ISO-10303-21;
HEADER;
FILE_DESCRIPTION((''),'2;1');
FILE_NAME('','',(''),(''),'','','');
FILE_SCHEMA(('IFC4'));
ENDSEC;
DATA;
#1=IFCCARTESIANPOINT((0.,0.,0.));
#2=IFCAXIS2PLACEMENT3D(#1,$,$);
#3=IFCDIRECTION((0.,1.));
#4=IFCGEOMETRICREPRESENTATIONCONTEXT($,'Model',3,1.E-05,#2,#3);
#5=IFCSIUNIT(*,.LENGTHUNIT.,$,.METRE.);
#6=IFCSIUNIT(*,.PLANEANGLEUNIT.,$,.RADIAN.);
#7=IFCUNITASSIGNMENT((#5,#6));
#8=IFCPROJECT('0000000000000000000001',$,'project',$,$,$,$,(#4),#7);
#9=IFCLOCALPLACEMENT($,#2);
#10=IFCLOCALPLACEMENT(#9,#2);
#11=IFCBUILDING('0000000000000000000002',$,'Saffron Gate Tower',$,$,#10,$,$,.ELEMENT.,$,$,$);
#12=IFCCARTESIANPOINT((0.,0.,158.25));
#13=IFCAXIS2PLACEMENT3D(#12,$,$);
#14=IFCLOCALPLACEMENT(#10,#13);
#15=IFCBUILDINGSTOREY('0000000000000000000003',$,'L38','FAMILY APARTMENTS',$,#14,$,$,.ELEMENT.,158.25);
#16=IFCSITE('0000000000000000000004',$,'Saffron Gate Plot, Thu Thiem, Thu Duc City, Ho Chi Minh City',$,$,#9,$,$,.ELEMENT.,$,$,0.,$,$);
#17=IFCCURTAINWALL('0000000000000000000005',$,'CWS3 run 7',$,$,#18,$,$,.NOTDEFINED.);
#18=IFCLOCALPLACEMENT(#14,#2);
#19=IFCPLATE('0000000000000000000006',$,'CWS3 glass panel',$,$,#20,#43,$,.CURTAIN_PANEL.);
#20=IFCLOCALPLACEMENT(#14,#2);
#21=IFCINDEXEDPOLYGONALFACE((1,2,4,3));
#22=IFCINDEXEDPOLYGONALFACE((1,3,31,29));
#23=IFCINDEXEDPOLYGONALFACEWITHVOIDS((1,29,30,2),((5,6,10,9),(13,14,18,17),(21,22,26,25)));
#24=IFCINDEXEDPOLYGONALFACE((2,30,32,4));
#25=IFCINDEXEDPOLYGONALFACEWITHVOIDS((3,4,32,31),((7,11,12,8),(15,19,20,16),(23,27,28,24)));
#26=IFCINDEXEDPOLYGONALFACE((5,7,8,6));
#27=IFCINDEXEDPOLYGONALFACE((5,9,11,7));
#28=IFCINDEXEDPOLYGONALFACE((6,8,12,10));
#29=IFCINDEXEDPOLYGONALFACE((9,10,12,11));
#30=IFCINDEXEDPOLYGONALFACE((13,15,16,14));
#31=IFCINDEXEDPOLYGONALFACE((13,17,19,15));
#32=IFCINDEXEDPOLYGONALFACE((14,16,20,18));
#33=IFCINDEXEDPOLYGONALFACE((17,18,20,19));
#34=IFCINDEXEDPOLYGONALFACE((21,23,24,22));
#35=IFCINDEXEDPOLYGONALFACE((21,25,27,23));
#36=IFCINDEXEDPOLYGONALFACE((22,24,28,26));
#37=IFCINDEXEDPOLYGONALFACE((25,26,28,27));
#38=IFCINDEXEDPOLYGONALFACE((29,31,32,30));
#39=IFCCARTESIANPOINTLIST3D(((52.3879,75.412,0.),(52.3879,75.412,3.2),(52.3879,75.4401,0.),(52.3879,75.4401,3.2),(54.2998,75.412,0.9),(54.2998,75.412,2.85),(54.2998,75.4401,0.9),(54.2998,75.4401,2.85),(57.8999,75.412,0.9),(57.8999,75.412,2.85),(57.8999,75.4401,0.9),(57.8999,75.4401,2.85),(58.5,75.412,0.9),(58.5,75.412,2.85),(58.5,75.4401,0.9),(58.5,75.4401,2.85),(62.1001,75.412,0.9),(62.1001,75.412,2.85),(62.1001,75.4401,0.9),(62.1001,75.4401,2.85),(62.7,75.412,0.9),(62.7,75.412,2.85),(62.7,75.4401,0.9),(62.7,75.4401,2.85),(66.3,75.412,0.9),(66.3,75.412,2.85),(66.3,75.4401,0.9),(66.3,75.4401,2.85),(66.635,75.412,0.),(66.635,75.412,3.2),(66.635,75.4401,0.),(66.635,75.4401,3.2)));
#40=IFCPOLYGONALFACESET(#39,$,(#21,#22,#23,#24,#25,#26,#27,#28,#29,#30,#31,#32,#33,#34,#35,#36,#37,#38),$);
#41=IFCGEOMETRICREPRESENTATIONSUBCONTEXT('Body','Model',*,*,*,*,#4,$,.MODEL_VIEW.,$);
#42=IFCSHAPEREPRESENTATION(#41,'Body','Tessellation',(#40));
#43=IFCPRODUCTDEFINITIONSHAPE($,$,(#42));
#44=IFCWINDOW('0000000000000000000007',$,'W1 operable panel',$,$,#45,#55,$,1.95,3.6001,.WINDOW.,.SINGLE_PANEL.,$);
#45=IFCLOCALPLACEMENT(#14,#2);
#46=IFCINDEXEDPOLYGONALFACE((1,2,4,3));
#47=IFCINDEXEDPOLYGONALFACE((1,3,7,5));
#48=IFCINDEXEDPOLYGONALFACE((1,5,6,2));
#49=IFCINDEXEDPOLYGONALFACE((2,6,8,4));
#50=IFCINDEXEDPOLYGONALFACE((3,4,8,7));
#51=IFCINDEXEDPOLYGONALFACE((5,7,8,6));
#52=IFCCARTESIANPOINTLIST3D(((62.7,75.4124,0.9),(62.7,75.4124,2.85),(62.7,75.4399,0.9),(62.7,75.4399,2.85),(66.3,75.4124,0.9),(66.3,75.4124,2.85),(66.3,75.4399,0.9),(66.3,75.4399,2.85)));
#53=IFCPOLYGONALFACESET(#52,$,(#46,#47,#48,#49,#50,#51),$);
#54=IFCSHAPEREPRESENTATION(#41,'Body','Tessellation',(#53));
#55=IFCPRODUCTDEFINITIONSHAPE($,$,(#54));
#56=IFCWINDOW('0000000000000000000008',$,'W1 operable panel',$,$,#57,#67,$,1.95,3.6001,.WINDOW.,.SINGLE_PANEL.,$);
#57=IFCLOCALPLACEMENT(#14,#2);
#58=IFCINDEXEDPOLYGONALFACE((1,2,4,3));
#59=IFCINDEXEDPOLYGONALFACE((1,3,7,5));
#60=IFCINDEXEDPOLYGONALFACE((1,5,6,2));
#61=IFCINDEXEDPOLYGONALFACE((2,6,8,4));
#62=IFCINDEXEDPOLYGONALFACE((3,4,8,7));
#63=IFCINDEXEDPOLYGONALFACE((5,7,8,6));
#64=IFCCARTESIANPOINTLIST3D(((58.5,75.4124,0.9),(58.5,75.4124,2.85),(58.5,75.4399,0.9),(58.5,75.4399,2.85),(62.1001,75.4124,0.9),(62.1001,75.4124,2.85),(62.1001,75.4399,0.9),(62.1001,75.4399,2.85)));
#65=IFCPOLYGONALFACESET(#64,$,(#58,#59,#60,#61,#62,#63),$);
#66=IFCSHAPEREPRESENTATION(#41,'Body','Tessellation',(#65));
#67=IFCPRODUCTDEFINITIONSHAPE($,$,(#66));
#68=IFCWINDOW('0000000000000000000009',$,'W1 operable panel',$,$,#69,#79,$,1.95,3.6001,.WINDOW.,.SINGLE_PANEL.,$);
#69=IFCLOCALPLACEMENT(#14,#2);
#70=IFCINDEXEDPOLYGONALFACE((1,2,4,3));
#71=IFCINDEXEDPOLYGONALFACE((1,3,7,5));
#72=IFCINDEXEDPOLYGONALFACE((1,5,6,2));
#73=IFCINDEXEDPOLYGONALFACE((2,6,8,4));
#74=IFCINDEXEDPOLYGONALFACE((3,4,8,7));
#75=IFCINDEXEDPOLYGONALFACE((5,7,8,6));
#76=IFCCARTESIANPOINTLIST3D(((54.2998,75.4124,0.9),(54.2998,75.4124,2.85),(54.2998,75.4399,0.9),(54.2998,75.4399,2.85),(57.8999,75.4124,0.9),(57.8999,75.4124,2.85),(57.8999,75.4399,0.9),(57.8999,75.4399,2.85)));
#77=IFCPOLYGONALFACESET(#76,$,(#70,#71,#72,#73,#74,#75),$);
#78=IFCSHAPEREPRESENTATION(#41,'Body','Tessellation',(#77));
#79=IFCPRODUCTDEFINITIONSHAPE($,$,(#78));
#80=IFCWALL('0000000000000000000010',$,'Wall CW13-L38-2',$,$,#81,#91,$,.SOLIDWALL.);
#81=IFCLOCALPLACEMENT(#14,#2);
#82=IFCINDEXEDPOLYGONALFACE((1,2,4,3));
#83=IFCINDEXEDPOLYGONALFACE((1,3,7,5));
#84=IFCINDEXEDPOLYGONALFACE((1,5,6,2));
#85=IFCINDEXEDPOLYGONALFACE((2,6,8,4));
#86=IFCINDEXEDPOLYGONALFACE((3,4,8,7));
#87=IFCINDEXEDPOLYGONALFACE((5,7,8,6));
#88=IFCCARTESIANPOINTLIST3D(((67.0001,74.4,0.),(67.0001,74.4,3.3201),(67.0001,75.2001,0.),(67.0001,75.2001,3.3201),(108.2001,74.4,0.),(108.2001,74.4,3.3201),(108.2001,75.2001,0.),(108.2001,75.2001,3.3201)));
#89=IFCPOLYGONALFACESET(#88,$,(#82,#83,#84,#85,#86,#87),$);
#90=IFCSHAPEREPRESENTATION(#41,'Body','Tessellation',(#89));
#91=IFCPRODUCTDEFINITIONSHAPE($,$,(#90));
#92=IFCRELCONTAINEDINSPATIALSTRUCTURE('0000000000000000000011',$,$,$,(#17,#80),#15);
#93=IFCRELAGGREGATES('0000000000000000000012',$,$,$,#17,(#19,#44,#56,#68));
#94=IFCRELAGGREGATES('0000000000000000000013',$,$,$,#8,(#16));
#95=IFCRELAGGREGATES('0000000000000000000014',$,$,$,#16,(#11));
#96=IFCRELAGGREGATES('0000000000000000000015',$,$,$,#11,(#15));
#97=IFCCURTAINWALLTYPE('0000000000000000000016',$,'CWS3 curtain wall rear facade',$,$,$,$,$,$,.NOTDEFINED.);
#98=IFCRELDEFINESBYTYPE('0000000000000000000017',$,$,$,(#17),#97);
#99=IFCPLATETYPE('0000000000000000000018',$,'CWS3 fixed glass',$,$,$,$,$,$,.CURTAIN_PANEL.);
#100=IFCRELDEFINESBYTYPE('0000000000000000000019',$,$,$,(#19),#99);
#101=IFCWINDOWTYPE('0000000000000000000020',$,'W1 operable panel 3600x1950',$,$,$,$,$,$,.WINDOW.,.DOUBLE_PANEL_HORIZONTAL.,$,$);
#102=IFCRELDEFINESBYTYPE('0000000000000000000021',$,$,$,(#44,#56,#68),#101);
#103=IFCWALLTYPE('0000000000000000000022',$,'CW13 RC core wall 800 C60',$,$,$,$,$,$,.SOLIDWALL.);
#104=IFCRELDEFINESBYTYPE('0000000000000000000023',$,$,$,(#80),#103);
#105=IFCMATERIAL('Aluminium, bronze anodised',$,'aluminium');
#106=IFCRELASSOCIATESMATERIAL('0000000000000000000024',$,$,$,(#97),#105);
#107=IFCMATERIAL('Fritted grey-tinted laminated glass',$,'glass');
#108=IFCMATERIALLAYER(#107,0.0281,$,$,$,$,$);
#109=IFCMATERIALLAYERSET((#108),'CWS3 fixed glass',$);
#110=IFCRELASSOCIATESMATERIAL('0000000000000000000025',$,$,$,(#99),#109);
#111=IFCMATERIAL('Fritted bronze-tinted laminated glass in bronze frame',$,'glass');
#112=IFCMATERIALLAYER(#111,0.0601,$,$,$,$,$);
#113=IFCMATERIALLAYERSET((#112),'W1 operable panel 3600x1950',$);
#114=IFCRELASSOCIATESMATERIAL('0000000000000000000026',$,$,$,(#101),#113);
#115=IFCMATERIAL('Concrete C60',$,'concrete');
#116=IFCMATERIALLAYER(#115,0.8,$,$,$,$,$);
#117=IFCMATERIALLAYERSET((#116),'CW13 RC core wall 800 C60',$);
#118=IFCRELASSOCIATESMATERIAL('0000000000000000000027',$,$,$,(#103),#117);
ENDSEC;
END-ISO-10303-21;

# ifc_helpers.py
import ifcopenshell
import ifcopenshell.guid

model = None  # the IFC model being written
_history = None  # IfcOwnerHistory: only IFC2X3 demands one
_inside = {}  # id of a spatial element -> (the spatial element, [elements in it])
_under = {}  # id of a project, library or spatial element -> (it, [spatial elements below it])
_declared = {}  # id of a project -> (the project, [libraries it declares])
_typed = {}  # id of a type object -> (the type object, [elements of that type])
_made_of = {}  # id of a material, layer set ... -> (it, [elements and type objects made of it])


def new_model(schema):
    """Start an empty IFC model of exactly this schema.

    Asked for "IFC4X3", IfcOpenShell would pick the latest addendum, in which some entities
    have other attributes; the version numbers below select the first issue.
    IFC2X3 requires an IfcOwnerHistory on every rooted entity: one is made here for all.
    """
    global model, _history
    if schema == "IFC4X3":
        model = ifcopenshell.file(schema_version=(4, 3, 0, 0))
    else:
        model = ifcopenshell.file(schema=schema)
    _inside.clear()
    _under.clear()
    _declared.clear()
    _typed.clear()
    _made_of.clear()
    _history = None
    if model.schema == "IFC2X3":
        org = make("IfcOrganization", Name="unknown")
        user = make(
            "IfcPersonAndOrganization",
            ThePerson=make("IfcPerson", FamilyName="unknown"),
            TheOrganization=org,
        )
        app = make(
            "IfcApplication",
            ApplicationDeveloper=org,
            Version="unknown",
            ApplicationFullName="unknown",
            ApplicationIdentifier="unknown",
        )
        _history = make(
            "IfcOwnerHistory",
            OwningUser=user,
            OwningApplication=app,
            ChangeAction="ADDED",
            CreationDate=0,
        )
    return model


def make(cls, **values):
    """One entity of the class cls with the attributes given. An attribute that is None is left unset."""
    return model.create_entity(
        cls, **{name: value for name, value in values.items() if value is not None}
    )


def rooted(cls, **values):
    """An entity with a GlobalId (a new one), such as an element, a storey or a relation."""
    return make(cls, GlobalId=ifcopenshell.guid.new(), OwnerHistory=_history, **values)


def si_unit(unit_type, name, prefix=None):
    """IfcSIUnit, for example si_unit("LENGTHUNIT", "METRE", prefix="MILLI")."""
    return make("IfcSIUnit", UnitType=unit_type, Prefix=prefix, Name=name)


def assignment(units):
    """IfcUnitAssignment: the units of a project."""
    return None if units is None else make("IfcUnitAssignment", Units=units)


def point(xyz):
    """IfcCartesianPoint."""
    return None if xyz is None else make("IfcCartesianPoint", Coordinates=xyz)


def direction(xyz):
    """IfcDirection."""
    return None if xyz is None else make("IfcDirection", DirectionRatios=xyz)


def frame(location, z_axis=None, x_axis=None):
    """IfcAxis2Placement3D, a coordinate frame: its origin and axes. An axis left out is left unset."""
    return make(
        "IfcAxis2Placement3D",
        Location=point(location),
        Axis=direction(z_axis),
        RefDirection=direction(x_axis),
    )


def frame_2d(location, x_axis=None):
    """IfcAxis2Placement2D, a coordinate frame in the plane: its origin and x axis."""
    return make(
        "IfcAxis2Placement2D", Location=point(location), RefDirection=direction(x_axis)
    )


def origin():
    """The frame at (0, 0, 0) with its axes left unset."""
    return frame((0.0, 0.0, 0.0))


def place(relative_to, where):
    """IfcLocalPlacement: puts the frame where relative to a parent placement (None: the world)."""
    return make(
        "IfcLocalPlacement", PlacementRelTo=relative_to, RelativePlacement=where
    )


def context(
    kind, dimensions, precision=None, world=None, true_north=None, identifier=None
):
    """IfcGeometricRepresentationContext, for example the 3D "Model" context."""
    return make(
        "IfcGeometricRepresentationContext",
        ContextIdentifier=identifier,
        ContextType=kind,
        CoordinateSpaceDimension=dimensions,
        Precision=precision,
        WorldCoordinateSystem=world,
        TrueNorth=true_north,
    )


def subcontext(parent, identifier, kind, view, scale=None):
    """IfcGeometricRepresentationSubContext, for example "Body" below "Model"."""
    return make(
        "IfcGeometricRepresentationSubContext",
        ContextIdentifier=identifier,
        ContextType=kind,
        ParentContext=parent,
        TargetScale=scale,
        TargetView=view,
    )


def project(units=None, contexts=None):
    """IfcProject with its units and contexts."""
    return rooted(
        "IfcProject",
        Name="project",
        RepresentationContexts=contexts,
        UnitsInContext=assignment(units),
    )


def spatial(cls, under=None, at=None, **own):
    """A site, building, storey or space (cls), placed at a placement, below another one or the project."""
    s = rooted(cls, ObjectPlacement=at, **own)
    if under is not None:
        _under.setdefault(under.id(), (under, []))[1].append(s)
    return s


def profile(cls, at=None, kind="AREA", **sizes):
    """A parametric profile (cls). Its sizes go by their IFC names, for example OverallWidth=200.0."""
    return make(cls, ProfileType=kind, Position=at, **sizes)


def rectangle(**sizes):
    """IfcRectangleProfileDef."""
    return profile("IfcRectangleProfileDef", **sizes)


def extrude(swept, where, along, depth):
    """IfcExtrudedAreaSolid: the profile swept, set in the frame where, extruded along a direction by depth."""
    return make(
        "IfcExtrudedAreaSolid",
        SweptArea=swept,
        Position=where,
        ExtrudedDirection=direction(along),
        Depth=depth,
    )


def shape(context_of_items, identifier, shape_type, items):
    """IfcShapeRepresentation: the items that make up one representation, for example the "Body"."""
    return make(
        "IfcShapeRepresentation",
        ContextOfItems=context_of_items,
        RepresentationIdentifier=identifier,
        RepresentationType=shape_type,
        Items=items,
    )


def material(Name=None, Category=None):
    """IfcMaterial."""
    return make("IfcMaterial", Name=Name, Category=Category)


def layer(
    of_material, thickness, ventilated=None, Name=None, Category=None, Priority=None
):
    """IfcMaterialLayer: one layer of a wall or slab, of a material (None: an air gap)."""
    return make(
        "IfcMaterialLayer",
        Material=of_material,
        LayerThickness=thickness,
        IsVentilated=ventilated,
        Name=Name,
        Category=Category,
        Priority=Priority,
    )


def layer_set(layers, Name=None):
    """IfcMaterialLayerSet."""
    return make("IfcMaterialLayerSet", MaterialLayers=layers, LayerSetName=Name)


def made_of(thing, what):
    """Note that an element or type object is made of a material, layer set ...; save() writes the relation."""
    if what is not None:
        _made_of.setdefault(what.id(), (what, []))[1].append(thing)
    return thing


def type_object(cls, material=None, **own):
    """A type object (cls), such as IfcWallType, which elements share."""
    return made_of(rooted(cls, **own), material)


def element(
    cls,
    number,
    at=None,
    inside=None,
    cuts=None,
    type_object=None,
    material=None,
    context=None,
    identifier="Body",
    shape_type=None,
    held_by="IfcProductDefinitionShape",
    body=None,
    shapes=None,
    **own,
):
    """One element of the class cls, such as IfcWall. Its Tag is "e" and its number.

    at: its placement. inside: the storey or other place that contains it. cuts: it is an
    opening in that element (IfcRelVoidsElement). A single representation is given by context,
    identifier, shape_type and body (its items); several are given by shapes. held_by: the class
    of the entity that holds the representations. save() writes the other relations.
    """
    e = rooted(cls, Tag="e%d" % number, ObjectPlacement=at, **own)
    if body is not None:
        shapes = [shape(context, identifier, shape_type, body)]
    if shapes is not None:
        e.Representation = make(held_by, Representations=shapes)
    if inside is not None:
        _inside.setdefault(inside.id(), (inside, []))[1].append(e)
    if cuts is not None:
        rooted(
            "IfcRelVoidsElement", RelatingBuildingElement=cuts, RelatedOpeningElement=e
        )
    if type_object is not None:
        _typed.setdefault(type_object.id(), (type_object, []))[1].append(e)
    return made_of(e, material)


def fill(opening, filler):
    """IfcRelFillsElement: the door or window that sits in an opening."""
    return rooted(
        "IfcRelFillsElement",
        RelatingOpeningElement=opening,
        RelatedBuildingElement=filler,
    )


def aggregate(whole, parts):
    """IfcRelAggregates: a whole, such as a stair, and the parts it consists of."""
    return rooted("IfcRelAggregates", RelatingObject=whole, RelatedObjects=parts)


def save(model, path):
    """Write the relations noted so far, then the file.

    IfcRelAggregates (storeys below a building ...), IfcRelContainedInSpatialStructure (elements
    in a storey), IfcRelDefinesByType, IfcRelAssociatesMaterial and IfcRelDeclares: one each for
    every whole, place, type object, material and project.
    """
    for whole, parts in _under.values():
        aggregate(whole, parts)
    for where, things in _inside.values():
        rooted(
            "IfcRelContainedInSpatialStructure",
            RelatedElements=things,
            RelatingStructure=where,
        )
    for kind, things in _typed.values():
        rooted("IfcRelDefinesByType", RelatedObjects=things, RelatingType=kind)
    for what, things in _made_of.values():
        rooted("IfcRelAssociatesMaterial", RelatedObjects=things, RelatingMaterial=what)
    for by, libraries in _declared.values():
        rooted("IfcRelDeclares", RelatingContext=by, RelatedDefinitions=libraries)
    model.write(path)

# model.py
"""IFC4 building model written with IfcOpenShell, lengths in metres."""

from ifc_helpers import new_model, si_unit, direction, frame, frame_2d, origin, place, context, subcontext, project, spatial, rectangle, extrude, material, layer, layer_set, type_object, element, fill, aggregate, save


model = new_model("IFC4")

# Units and contexts
model_context = context("Model", 3, precision=1e-05, world=origin(), true_north=direction((0.0, 1.0)))
body_context = subcontext(model_context, "Body", "Model", "MODEL_VIEW")
ifc_project = project(units=[si_unit("LENGTHUNIT", "METRE"), si_unit("PLANEANGLEUNIT", "RADIAN")], contexts=[model_context])

# Site, building, storey
site_placement = place(None, origin())
site = spatial("IfcSite", under=ifc_project, at=site_placement, Name="Saffron Gate Plot, Thu Thiem, Thu Duc City, Ho Chi Minh City", CompositionType="ELEMENT", RefElevation=0.0)
building_placement = place(site_placement, origin())
building = spatial("IfcBuilding", under=site, at=building_placement, Name="Saffron Gate Tower", CompositionType="ELEMENT")
storey_placement = place(building_placement, frame((0.0, 0.0, 158.25)))
storey = spatial("IfcBuildingStorey", under=building, at=storey_placement, Name="L38", Description="FAMILY APARTMENTS", CompositionType="ELEMENT", Elevation=158.25)

# Curtain wall, plate, openings, windows
ifc_material_1 = material(Name="Aluminium, bronze anodised", Category="aluminium")
curtain_wall_type = type_object("IfcCurtainWallType", Name="CWS3 curtain wall rear facade", PredefinedType="NOTDEFINED", material=ifc_material_1)
curtain_wall_placement = place(storey_placement, origin())
curtain_wall = element("IfcCurtainWall", 1, at=curtain_wall_placement, inside=storey, type_object=curtain_wall_type, Name="CWS3 run 7", PredefinedType="NOTDEFINED")
ifc_material_2 = material(Name="Fritted grey-tinted laminated glass", Category="glass")
ifc_layer_1 = layer(ifc_material_2, 0.0281)
ifc_layer_set_1 = layer_set([ifc_layer_1], Name="CWS3 fixed glass")
plate_type = type_object("IfcPlateType", Name="CWS3 fixed glass", PredefinedType="CURTAIN_PANEL", material=ifc_layer_set_1)
plate_placement = place(storey_placement, frame((66.635, 75.426, 0.0), z_axis=(0.0, 0.0, 1.0), x_axis=(-1.0, 0.0, 0.0)))
plate = element("IfcPlate", 2, at=plate_placement, type_object=plate_type, Name="CWS3 glass panel", PredefinedType="CURTAIN_PANEL", context=body_context, shape_type="SweptSolid", body=[
    extrude(rectangle(XDim=14.2471, YDim=0.0281, at=frame_2d((7.1235, 0.0))), origin(), (0.0, 0.0, 1.0), 3.2),
])
opening_1_placement = place(plate_placement, frame((0.335, 0.0, 0.8999)))
opening_1 = element("IfcOpeningElement", 3, at=opening_1_placement, cuts=plate, PredefinedType="OPENING", context=body_context, shape_type="SweptSolid", body=[
    extrude(rectangle(XDim=3.6001, YDim=1.95, at=frame_2d((1.8, 0.9751))), frame((0.0, 0.0239, 0.0), z_axis=(0.0, -1.0, 0.0), x_axis=(1.0, 0.0, 0.0)), (0.0, 0.0, 1.0), 0.0481),
])
opening_2_placement = place(plate_placement, frame((4.5349, 0.0, 0.8999)))
opening_2 = element("IfcOpeningElement", 4, at=opening_2_placement, cuts=plate, PredefinedType="OPENING", context=body_context, shape_type="SweptSolid", body=[
    extrude(rectangle(XDim=3.6001, YDim=1.95, at=frame_2d((1.8, 0.9751))), frame((0.0, 0.0239, 0.0), z_axis=(0.0, -1.0, 0.0), x_axis=(1.0, 0.0, 0.0)), (0.0, 0.0, 1.0), 0.0481),
])
opening_3_placement = place(plate_placement, frame((8.7351, 0.0, 0.8999)))
opening_3 = element("IfcOpeningElement", 5, at=opening_3_placement, cuts=plate, PredefinedType="OPENING", context=body_context, shape_type="SweptSolid", body=[
    extrude(rectangle(XDim=3.6001, YDim=1.95, at=frame_2d((1.8, 0.9751))), frame((0.0, 0.0239, 0.0), z_axis=(0.0, -1.0, 0.0), x_axis=(1.0, 0.0, 0.0)), (0.0, 0.0, 1.0), 0.0481),
])
ifc_material_3 = material(Name="Fritted bronze-tinted laminated glass in bronze frame", Category="glass")
ifc_layer_2 = layer(ifc_material_3, 0.0601)
ifc_layer_set_2 = layer_set([ifc_layer_2], Name="W1 operable panel 3600x1950")
window_type = type_object("IfcWindowType", Name="W1 operable panel 3600x1950", PartitioningType="DOUBLE_PANEL_HORIZONTAL", PredefinedType="WINDOW", material=ifc_layer_set_2)
window_1_placement = place(opening_1_placement, origin())
window_1 = element("IfcWindow", 6, at=window_1_placement, type_object=window_type, Name="W1 operable panel", OverallHeight=1.95, OverallWidth=3.6001, PartitioningType="SINGLE_PANEL", PredefinedType="WINDOW", context=body_context, shape_type="SweptSolid", body=[
    extrude(rectangle(XDim=3.6001, YDim=1.95, at=frame_2d((1.8, 0.9751))), frame((0.0, 0.0137, 0.0), z_axis=(0.0, -1.0, 0.0), x_axis=(1.0, 0.0, 0.0)), (0.0, 0.0, 1.0), 0.0276),
])
fill(opening_1, window_1)
window_2_placement = place(opening_2_placement, origin())
window_2 = element("IfcWindow", 7, at=window_2_placement, type_object=window_type, Name="W1 operable panel", OverallHeight=1.95, OverallWidth=3.6001, PartitioningType="SINGLE_PANEL", PredefinedType="WINDOW", context=body_context, shape_type="SweptSolid", body=[
    extrude(rectangle(XDim=3.6001, YDim=1.95, at=frame_2d((1.8, 0.9751))), frame((0.0, 0.0137, 0.0), z_axis=(0.0, -1.0, 0.0), x_axis=(1.0, 0.0, 0.0)), (0.0, 0.0, 1.0), 0.0276),
])
fill(opening_2, window_2)
window_3_placement = place(opening_3_placement, origin())
window_3 = element("IfcWindow", 8, at=window_3_placement, type_object=window_type, Name="W1 operable panel", OverallHeight=1.95, OverallWidth=3.6001, PartitioningType="SINGLE_PANEL", PredefinedType="WINDOW", context=body_context, shape_type="SweptSolid", body=[
    extrude(rectangle(XDim=3.6001, YDim=1.95, at=frame_2d((1.8, 0.9751))), frame((0.0, 0.0137, 0.0), z_axis=(0.0, -1.0, 0.0), x_axis=(1.0, 0.0, 0.0)), (0.0, 0.0, 1.0), 0.0276),
])
fill(opening_3, window_3)
aggregate(curtain_wall, [plate, window_1, window_2, window_3])

# Wall
ifc_material_4 = material(Name="Concrete C60", Category="concrete")
ifc_layer_3 = layer(ifc_material_4, 0.8)
ifc_layer_set_3 = layer_set([ifc_layer_3], Name="CW13 RC core wall 800 C60")
wall_type_1 = type_object("IfcWallType", Name="CW13 RC core wall 800 C60", PredefinedType="SOLIDWALL", material=ifc_layer_set_3)
wall_1_placement = place(storey_placement, frame((67.0, 74.8, 0.0), z_axis=(0.0, 0.0, 1.0), x_axis=(1.0, 0.0, 0.0)))
element("IfcWall", 9, at=wall_1_placement, inside=storey, type_object=wall_type_1, Name="Wall CW13-L38-2", PredefinedType="SOLIDWALL", context=body_context, shape_type="SweptSolid", body=[
    extrude(rectangle(XDim=41.2, YDim=0.8, at=frame_2d((20.6001, 0.0))), origin(), (0.0, 0.0, 1.0), 3.3201),
])

save(model, "model.ifc")
